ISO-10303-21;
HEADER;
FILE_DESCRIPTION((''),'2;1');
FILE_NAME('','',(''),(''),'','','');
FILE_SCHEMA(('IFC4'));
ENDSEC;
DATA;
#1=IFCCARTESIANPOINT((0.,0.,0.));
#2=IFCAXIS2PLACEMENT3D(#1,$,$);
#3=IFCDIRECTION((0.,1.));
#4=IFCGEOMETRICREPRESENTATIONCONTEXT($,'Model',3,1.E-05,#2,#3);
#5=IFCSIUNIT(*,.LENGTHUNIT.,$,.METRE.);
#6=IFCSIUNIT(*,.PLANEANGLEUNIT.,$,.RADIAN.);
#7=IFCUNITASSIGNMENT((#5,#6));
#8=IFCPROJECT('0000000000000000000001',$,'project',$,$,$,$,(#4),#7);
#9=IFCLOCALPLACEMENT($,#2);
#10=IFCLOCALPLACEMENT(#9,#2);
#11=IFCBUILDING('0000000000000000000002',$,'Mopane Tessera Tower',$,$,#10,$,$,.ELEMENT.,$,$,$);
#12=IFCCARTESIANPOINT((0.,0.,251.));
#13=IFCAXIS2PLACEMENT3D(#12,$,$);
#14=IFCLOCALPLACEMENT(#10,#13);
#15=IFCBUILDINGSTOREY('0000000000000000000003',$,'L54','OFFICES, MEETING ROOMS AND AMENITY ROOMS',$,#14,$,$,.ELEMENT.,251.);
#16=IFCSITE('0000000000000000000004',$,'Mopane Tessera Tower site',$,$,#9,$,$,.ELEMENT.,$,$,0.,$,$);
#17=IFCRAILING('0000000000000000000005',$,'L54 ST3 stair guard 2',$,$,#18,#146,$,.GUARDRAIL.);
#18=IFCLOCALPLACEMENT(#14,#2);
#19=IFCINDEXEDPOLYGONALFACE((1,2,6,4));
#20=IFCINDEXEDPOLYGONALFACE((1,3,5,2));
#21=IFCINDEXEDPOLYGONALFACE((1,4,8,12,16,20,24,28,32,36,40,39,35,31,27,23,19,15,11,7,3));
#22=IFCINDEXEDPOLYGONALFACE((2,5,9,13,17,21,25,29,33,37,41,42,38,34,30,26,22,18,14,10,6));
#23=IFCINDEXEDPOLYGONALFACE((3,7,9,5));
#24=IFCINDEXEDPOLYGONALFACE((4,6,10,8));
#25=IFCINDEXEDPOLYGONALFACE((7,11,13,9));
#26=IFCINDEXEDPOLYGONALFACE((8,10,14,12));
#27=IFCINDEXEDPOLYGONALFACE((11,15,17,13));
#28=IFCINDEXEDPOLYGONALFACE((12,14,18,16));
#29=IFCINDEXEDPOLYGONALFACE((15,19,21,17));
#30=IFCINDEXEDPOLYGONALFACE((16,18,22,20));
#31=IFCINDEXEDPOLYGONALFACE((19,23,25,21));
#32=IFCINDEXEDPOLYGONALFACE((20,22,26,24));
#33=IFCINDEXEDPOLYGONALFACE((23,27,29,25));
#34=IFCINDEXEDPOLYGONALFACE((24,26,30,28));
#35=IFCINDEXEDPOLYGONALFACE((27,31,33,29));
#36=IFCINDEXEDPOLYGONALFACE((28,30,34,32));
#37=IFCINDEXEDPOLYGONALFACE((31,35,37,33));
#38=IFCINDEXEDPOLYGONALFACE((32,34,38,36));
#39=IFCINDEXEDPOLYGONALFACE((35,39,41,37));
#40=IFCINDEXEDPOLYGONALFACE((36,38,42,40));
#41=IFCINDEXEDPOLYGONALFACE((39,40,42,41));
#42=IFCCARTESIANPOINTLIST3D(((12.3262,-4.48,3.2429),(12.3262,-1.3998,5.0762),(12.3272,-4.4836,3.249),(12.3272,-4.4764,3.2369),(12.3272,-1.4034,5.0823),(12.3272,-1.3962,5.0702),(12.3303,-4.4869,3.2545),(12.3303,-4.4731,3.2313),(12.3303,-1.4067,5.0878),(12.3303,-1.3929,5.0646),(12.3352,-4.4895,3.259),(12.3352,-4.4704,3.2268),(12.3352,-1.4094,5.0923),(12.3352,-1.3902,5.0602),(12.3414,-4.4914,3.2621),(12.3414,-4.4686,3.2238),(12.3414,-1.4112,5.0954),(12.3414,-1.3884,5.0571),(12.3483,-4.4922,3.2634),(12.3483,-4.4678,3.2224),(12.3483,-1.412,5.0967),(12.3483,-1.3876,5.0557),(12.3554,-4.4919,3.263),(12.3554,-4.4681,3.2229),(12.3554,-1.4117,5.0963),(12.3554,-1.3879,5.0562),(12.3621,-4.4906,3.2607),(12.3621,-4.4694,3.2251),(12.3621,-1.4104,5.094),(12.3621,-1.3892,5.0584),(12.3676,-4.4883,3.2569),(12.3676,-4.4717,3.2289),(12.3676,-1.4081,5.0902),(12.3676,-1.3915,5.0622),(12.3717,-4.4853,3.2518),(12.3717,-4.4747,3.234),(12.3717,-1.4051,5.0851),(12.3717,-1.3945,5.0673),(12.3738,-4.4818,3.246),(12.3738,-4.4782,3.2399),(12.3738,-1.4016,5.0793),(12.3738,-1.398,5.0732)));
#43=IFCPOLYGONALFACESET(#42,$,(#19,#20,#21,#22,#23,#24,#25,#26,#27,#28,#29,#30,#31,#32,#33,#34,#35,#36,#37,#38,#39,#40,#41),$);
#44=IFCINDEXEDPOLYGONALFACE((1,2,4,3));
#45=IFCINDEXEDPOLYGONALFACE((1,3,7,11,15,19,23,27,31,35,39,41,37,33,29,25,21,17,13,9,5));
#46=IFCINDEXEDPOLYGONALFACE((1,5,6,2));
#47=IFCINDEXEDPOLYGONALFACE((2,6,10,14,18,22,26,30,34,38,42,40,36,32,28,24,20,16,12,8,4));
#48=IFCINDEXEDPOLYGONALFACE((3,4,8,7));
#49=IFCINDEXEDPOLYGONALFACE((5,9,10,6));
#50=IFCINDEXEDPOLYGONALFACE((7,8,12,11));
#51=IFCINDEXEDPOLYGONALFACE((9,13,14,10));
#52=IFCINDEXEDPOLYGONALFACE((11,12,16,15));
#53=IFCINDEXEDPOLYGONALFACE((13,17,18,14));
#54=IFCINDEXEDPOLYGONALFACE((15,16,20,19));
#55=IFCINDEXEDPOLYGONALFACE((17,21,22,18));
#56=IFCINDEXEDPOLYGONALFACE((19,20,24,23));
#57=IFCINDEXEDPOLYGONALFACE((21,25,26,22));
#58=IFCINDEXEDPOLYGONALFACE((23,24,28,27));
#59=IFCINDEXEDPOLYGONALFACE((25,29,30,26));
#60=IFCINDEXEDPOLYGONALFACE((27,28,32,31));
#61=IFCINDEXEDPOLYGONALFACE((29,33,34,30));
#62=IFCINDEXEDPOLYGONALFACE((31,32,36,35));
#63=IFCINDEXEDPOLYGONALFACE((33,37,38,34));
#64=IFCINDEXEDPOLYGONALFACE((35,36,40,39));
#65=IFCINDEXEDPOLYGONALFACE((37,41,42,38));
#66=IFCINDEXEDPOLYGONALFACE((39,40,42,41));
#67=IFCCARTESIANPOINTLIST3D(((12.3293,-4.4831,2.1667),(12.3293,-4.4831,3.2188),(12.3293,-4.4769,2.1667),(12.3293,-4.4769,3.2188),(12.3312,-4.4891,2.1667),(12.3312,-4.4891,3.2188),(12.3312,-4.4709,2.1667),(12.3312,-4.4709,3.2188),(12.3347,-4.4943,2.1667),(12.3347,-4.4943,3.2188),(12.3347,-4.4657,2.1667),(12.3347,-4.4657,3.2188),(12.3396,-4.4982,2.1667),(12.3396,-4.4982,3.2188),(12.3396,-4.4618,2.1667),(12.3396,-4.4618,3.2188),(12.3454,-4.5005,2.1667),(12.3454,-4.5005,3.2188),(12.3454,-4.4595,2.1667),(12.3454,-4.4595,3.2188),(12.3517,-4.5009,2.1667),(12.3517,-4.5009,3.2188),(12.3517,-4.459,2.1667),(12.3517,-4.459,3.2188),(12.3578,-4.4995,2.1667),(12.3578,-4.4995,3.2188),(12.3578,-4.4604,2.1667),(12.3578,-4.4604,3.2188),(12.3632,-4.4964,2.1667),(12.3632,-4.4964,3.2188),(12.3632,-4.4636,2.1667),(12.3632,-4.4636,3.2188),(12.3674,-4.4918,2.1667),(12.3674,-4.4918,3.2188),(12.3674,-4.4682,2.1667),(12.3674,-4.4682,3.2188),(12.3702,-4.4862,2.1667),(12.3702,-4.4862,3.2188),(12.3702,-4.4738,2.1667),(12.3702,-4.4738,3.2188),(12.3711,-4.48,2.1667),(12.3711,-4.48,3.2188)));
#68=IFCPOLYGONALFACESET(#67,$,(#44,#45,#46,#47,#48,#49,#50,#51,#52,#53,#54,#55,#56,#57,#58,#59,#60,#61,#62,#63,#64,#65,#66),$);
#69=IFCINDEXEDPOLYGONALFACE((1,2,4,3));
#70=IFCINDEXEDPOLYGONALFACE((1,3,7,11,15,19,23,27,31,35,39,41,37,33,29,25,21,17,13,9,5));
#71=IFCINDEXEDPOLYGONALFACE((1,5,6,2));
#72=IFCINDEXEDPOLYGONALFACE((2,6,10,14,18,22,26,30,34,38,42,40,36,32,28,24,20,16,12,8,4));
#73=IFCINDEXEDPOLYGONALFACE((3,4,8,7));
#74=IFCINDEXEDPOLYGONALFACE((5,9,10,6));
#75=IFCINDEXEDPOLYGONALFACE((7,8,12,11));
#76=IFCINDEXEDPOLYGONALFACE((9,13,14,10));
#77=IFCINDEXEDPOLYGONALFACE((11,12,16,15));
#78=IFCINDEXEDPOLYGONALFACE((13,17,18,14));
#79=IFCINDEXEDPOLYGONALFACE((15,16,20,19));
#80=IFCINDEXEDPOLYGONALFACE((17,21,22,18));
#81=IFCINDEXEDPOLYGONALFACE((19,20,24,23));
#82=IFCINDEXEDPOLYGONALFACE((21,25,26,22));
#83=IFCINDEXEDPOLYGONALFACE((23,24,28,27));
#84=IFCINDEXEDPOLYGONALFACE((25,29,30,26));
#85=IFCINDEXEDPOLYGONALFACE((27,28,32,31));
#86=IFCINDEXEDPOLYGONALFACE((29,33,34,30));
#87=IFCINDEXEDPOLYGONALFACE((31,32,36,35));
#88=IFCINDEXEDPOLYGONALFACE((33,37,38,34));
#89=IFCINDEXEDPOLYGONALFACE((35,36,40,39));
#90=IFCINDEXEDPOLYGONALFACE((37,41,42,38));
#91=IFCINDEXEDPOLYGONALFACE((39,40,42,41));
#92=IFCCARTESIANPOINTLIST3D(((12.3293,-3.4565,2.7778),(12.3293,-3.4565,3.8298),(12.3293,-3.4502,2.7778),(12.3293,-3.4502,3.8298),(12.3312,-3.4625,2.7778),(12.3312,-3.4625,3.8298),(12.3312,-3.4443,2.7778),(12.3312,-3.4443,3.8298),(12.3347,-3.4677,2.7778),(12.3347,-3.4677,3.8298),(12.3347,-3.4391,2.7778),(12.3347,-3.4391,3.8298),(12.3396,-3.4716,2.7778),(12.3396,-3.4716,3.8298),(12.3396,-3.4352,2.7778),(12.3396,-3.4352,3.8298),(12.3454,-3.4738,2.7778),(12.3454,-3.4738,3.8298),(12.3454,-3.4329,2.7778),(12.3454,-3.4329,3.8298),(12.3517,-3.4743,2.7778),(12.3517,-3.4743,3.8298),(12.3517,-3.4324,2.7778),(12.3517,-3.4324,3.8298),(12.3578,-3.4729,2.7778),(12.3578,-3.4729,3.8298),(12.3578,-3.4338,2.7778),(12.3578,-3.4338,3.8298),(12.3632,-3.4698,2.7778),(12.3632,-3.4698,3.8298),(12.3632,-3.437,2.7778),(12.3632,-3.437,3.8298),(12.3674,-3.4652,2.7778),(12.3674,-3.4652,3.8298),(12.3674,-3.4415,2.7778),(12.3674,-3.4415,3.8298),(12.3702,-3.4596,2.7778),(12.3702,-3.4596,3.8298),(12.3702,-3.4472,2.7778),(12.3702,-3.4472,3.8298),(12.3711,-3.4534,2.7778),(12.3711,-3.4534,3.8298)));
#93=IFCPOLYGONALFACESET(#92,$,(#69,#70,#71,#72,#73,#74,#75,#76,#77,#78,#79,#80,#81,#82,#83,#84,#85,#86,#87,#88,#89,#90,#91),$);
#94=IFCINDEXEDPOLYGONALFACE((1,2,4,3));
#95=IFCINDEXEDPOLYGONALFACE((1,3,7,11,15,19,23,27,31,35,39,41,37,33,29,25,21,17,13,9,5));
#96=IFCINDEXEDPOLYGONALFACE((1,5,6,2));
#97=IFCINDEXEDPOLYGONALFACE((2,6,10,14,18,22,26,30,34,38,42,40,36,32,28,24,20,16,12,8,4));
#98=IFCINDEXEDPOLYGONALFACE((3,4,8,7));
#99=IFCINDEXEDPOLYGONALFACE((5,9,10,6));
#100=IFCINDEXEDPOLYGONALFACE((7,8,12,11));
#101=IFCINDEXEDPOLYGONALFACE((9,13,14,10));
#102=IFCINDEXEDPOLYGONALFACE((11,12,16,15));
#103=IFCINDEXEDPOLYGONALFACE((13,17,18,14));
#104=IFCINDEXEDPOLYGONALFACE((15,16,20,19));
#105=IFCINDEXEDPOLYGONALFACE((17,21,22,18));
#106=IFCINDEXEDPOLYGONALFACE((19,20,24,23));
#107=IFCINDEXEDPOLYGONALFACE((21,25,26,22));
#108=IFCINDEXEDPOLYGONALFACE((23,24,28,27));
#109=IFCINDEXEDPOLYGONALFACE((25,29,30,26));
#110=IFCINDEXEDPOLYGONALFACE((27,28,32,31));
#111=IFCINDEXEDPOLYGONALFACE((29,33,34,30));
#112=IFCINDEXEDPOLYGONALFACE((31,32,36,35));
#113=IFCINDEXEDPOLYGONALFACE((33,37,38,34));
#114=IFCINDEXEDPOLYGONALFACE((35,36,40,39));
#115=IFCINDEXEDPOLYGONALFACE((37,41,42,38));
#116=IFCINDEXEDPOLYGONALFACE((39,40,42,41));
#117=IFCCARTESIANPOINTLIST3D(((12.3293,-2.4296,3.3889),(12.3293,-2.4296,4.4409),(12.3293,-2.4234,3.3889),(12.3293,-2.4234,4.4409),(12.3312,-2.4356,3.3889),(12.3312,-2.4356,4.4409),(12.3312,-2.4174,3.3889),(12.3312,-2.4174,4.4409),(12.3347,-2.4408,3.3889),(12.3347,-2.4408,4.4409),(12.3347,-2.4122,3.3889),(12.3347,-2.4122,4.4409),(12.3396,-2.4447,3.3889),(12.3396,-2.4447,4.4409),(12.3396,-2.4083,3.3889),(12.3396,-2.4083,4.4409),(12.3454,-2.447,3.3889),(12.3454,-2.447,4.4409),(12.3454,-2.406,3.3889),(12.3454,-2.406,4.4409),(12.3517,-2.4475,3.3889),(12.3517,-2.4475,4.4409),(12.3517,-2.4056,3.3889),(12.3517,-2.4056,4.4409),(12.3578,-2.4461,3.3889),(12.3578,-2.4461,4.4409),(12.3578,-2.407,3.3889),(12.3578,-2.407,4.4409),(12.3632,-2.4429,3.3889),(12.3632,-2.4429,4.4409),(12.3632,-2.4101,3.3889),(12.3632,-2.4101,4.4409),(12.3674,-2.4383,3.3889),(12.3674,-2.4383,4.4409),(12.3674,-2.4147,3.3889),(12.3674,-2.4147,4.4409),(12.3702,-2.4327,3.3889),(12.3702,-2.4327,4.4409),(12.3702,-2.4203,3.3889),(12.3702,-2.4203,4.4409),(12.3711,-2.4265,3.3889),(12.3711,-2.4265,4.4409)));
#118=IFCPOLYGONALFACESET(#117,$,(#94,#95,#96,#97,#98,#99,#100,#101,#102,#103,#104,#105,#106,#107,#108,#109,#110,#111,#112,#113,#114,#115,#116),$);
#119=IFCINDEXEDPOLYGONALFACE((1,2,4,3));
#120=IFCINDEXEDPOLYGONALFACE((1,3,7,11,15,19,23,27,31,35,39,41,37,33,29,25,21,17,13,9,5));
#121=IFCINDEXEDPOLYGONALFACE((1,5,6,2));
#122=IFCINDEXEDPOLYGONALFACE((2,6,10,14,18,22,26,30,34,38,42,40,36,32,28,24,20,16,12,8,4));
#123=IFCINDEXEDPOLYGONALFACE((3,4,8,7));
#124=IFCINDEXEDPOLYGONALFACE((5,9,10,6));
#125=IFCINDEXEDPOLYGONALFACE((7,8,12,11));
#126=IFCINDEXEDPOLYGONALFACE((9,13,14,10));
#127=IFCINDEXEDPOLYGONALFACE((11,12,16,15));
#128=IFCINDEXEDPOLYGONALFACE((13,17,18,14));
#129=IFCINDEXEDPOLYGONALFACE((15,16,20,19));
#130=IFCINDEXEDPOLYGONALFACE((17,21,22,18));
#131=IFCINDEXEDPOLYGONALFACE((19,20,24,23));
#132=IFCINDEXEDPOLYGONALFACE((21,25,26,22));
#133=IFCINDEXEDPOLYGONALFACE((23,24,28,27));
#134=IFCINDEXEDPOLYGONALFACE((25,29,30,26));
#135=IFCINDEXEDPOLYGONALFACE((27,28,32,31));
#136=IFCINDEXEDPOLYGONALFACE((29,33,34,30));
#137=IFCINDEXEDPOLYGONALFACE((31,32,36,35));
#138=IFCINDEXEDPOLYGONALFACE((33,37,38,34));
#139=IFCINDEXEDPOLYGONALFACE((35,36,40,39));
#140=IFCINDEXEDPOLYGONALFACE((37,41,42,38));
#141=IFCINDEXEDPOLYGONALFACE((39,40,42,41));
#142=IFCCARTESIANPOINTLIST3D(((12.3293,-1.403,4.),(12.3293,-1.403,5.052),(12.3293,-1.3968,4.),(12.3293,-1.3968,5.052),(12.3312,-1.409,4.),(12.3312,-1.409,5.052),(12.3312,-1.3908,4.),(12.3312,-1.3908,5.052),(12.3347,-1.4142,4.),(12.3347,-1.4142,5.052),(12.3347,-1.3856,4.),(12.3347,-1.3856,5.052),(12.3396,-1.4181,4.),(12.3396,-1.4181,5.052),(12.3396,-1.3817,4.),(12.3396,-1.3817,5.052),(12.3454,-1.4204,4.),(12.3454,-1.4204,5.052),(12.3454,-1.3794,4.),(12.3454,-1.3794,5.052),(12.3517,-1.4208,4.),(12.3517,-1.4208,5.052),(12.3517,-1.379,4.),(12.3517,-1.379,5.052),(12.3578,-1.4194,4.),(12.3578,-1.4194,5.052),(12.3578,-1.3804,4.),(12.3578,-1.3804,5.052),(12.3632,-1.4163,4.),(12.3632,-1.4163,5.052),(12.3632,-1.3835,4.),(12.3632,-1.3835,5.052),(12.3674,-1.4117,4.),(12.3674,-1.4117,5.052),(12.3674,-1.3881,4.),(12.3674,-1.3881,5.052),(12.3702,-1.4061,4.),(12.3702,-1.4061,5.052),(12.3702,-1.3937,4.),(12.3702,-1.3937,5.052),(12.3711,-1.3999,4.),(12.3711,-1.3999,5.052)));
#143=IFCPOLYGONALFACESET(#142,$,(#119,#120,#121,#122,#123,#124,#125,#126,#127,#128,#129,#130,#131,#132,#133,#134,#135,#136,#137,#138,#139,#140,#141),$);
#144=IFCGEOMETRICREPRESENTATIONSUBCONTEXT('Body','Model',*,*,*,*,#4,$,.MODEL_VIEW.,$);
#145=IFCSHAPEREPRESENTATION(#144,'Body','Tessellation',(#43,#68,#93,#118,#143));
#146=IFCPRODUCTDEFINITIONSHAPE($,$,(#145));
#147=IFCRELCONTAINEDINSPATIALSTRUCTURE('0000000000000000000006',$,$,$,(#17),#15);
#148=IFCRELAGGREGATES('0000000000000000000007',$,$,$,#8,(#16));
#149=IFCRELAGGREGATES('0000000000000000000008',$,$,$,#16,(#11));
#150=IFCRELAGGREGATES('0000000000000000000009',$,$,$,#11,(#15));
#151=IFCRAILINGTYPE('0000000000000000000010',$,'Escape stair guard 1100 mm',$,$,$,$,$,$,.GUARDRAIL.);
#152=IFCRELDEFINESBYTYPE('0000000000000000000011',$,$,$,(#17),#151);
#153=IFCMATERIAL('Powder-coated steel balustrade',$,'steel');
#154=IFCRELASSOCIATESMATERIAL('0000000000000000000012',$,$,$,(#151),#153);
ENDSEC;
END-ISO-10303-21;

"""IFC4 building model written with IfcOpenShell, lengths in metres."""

from ifc_helpers import new_model, si_unit, direction, frame, origin, origin_2d, place, context, subcontext, project, spatial, circle, extrude, material, type_object, element, save


model = new_model("IFC4")

# Units and contexts
model_context = context("Model", 3, precision=1e-05, world=origin(), true_north=direction((0.0, 1.0)))
body_context = subcontext(model_context, "Body", "Model", "MODEL_VIEW")
ifc_project = project(units=[si_unit("LENGTHUNIT", "METRE"), si_unit("PLANEANGLEUNIT", "RADIAN")], contexts=[model_context])

# Site, building, storey
site_placement = place(None, origin())
site = spatial("IfcSite", under=ifc_project, at=site_placement, Name="Mopane Tessera Tower site", CompositionType="ELEMENT", RefElevation=0.0)
building_placement = place(site_placement, origin())
building = spatial("IfcBuilding", under=site, at=building_placement, Name="Mopane Tessera Tower", CompositionType="ELEMENT")
storey_placement = place(building_placement, frame((0.0, 0.0, 251.0)))
storey = spatial("IfcBuildingStorey", under=building, at=storey_placement, Name="L54", Description="OFFICES, MEETING ROOMS AND AMENITY ROOMS", CompositionType="ELEMENT", Elevation=251.0)

# Railing
ifc_material_1 = material(Name="Powder-coated steel balustrade", Category="steel")
railing_type_1 = type_object("IfcRailingType", Name="Escape stair guard 1100 mm", PredefinedType="GUARDRAIL", material=ifc_material_1)
railing_1_placement = place(storey_placement, frame((12.3501, -4.48, 2.1667)))
element("IfcRailing", 1, at=railing_1_placement, inside=storey, type_object=railing_type_1, Name="L54 ST3 stair guard 2", PredefinedType="GUARDRAIL", context=body_context, shape_type="SweptSolid", body=[
    extrude(circle(Radius=0.0239, at=origin_2d()), frame((0.0, 0.0, 1.0762), z_axis=(0.0, 0.859309, 0.511458), x_axis=(-1.0, 0.0, 0.0)), (0.0, 0.0, 1.0), 3.5845),
    extrude(circle(Radius=0.021, at=origin_2d()), origin(), (0.0, 0.0, 1.0), 1.052),
    extrude(circle(Radius=0.021, at=origin_2d()), frame((0.0, 1.0266, 0.6111)), (0.0, 0.0, 1.0), 1.052),
    extrude(circle(Radius=0.021, at=origin_2d()), frame((0.0, 2.0535, 1.2222)), (0.0, 0.0, 1.0), 1.052),
    extrude(circle(Radius=0.021, at=origin_2d()), frame((0.0, 3.0801, 1.8333)), (0.0, 0.0, 1.0), 1.052),
])

save(model, "model.ifc")
